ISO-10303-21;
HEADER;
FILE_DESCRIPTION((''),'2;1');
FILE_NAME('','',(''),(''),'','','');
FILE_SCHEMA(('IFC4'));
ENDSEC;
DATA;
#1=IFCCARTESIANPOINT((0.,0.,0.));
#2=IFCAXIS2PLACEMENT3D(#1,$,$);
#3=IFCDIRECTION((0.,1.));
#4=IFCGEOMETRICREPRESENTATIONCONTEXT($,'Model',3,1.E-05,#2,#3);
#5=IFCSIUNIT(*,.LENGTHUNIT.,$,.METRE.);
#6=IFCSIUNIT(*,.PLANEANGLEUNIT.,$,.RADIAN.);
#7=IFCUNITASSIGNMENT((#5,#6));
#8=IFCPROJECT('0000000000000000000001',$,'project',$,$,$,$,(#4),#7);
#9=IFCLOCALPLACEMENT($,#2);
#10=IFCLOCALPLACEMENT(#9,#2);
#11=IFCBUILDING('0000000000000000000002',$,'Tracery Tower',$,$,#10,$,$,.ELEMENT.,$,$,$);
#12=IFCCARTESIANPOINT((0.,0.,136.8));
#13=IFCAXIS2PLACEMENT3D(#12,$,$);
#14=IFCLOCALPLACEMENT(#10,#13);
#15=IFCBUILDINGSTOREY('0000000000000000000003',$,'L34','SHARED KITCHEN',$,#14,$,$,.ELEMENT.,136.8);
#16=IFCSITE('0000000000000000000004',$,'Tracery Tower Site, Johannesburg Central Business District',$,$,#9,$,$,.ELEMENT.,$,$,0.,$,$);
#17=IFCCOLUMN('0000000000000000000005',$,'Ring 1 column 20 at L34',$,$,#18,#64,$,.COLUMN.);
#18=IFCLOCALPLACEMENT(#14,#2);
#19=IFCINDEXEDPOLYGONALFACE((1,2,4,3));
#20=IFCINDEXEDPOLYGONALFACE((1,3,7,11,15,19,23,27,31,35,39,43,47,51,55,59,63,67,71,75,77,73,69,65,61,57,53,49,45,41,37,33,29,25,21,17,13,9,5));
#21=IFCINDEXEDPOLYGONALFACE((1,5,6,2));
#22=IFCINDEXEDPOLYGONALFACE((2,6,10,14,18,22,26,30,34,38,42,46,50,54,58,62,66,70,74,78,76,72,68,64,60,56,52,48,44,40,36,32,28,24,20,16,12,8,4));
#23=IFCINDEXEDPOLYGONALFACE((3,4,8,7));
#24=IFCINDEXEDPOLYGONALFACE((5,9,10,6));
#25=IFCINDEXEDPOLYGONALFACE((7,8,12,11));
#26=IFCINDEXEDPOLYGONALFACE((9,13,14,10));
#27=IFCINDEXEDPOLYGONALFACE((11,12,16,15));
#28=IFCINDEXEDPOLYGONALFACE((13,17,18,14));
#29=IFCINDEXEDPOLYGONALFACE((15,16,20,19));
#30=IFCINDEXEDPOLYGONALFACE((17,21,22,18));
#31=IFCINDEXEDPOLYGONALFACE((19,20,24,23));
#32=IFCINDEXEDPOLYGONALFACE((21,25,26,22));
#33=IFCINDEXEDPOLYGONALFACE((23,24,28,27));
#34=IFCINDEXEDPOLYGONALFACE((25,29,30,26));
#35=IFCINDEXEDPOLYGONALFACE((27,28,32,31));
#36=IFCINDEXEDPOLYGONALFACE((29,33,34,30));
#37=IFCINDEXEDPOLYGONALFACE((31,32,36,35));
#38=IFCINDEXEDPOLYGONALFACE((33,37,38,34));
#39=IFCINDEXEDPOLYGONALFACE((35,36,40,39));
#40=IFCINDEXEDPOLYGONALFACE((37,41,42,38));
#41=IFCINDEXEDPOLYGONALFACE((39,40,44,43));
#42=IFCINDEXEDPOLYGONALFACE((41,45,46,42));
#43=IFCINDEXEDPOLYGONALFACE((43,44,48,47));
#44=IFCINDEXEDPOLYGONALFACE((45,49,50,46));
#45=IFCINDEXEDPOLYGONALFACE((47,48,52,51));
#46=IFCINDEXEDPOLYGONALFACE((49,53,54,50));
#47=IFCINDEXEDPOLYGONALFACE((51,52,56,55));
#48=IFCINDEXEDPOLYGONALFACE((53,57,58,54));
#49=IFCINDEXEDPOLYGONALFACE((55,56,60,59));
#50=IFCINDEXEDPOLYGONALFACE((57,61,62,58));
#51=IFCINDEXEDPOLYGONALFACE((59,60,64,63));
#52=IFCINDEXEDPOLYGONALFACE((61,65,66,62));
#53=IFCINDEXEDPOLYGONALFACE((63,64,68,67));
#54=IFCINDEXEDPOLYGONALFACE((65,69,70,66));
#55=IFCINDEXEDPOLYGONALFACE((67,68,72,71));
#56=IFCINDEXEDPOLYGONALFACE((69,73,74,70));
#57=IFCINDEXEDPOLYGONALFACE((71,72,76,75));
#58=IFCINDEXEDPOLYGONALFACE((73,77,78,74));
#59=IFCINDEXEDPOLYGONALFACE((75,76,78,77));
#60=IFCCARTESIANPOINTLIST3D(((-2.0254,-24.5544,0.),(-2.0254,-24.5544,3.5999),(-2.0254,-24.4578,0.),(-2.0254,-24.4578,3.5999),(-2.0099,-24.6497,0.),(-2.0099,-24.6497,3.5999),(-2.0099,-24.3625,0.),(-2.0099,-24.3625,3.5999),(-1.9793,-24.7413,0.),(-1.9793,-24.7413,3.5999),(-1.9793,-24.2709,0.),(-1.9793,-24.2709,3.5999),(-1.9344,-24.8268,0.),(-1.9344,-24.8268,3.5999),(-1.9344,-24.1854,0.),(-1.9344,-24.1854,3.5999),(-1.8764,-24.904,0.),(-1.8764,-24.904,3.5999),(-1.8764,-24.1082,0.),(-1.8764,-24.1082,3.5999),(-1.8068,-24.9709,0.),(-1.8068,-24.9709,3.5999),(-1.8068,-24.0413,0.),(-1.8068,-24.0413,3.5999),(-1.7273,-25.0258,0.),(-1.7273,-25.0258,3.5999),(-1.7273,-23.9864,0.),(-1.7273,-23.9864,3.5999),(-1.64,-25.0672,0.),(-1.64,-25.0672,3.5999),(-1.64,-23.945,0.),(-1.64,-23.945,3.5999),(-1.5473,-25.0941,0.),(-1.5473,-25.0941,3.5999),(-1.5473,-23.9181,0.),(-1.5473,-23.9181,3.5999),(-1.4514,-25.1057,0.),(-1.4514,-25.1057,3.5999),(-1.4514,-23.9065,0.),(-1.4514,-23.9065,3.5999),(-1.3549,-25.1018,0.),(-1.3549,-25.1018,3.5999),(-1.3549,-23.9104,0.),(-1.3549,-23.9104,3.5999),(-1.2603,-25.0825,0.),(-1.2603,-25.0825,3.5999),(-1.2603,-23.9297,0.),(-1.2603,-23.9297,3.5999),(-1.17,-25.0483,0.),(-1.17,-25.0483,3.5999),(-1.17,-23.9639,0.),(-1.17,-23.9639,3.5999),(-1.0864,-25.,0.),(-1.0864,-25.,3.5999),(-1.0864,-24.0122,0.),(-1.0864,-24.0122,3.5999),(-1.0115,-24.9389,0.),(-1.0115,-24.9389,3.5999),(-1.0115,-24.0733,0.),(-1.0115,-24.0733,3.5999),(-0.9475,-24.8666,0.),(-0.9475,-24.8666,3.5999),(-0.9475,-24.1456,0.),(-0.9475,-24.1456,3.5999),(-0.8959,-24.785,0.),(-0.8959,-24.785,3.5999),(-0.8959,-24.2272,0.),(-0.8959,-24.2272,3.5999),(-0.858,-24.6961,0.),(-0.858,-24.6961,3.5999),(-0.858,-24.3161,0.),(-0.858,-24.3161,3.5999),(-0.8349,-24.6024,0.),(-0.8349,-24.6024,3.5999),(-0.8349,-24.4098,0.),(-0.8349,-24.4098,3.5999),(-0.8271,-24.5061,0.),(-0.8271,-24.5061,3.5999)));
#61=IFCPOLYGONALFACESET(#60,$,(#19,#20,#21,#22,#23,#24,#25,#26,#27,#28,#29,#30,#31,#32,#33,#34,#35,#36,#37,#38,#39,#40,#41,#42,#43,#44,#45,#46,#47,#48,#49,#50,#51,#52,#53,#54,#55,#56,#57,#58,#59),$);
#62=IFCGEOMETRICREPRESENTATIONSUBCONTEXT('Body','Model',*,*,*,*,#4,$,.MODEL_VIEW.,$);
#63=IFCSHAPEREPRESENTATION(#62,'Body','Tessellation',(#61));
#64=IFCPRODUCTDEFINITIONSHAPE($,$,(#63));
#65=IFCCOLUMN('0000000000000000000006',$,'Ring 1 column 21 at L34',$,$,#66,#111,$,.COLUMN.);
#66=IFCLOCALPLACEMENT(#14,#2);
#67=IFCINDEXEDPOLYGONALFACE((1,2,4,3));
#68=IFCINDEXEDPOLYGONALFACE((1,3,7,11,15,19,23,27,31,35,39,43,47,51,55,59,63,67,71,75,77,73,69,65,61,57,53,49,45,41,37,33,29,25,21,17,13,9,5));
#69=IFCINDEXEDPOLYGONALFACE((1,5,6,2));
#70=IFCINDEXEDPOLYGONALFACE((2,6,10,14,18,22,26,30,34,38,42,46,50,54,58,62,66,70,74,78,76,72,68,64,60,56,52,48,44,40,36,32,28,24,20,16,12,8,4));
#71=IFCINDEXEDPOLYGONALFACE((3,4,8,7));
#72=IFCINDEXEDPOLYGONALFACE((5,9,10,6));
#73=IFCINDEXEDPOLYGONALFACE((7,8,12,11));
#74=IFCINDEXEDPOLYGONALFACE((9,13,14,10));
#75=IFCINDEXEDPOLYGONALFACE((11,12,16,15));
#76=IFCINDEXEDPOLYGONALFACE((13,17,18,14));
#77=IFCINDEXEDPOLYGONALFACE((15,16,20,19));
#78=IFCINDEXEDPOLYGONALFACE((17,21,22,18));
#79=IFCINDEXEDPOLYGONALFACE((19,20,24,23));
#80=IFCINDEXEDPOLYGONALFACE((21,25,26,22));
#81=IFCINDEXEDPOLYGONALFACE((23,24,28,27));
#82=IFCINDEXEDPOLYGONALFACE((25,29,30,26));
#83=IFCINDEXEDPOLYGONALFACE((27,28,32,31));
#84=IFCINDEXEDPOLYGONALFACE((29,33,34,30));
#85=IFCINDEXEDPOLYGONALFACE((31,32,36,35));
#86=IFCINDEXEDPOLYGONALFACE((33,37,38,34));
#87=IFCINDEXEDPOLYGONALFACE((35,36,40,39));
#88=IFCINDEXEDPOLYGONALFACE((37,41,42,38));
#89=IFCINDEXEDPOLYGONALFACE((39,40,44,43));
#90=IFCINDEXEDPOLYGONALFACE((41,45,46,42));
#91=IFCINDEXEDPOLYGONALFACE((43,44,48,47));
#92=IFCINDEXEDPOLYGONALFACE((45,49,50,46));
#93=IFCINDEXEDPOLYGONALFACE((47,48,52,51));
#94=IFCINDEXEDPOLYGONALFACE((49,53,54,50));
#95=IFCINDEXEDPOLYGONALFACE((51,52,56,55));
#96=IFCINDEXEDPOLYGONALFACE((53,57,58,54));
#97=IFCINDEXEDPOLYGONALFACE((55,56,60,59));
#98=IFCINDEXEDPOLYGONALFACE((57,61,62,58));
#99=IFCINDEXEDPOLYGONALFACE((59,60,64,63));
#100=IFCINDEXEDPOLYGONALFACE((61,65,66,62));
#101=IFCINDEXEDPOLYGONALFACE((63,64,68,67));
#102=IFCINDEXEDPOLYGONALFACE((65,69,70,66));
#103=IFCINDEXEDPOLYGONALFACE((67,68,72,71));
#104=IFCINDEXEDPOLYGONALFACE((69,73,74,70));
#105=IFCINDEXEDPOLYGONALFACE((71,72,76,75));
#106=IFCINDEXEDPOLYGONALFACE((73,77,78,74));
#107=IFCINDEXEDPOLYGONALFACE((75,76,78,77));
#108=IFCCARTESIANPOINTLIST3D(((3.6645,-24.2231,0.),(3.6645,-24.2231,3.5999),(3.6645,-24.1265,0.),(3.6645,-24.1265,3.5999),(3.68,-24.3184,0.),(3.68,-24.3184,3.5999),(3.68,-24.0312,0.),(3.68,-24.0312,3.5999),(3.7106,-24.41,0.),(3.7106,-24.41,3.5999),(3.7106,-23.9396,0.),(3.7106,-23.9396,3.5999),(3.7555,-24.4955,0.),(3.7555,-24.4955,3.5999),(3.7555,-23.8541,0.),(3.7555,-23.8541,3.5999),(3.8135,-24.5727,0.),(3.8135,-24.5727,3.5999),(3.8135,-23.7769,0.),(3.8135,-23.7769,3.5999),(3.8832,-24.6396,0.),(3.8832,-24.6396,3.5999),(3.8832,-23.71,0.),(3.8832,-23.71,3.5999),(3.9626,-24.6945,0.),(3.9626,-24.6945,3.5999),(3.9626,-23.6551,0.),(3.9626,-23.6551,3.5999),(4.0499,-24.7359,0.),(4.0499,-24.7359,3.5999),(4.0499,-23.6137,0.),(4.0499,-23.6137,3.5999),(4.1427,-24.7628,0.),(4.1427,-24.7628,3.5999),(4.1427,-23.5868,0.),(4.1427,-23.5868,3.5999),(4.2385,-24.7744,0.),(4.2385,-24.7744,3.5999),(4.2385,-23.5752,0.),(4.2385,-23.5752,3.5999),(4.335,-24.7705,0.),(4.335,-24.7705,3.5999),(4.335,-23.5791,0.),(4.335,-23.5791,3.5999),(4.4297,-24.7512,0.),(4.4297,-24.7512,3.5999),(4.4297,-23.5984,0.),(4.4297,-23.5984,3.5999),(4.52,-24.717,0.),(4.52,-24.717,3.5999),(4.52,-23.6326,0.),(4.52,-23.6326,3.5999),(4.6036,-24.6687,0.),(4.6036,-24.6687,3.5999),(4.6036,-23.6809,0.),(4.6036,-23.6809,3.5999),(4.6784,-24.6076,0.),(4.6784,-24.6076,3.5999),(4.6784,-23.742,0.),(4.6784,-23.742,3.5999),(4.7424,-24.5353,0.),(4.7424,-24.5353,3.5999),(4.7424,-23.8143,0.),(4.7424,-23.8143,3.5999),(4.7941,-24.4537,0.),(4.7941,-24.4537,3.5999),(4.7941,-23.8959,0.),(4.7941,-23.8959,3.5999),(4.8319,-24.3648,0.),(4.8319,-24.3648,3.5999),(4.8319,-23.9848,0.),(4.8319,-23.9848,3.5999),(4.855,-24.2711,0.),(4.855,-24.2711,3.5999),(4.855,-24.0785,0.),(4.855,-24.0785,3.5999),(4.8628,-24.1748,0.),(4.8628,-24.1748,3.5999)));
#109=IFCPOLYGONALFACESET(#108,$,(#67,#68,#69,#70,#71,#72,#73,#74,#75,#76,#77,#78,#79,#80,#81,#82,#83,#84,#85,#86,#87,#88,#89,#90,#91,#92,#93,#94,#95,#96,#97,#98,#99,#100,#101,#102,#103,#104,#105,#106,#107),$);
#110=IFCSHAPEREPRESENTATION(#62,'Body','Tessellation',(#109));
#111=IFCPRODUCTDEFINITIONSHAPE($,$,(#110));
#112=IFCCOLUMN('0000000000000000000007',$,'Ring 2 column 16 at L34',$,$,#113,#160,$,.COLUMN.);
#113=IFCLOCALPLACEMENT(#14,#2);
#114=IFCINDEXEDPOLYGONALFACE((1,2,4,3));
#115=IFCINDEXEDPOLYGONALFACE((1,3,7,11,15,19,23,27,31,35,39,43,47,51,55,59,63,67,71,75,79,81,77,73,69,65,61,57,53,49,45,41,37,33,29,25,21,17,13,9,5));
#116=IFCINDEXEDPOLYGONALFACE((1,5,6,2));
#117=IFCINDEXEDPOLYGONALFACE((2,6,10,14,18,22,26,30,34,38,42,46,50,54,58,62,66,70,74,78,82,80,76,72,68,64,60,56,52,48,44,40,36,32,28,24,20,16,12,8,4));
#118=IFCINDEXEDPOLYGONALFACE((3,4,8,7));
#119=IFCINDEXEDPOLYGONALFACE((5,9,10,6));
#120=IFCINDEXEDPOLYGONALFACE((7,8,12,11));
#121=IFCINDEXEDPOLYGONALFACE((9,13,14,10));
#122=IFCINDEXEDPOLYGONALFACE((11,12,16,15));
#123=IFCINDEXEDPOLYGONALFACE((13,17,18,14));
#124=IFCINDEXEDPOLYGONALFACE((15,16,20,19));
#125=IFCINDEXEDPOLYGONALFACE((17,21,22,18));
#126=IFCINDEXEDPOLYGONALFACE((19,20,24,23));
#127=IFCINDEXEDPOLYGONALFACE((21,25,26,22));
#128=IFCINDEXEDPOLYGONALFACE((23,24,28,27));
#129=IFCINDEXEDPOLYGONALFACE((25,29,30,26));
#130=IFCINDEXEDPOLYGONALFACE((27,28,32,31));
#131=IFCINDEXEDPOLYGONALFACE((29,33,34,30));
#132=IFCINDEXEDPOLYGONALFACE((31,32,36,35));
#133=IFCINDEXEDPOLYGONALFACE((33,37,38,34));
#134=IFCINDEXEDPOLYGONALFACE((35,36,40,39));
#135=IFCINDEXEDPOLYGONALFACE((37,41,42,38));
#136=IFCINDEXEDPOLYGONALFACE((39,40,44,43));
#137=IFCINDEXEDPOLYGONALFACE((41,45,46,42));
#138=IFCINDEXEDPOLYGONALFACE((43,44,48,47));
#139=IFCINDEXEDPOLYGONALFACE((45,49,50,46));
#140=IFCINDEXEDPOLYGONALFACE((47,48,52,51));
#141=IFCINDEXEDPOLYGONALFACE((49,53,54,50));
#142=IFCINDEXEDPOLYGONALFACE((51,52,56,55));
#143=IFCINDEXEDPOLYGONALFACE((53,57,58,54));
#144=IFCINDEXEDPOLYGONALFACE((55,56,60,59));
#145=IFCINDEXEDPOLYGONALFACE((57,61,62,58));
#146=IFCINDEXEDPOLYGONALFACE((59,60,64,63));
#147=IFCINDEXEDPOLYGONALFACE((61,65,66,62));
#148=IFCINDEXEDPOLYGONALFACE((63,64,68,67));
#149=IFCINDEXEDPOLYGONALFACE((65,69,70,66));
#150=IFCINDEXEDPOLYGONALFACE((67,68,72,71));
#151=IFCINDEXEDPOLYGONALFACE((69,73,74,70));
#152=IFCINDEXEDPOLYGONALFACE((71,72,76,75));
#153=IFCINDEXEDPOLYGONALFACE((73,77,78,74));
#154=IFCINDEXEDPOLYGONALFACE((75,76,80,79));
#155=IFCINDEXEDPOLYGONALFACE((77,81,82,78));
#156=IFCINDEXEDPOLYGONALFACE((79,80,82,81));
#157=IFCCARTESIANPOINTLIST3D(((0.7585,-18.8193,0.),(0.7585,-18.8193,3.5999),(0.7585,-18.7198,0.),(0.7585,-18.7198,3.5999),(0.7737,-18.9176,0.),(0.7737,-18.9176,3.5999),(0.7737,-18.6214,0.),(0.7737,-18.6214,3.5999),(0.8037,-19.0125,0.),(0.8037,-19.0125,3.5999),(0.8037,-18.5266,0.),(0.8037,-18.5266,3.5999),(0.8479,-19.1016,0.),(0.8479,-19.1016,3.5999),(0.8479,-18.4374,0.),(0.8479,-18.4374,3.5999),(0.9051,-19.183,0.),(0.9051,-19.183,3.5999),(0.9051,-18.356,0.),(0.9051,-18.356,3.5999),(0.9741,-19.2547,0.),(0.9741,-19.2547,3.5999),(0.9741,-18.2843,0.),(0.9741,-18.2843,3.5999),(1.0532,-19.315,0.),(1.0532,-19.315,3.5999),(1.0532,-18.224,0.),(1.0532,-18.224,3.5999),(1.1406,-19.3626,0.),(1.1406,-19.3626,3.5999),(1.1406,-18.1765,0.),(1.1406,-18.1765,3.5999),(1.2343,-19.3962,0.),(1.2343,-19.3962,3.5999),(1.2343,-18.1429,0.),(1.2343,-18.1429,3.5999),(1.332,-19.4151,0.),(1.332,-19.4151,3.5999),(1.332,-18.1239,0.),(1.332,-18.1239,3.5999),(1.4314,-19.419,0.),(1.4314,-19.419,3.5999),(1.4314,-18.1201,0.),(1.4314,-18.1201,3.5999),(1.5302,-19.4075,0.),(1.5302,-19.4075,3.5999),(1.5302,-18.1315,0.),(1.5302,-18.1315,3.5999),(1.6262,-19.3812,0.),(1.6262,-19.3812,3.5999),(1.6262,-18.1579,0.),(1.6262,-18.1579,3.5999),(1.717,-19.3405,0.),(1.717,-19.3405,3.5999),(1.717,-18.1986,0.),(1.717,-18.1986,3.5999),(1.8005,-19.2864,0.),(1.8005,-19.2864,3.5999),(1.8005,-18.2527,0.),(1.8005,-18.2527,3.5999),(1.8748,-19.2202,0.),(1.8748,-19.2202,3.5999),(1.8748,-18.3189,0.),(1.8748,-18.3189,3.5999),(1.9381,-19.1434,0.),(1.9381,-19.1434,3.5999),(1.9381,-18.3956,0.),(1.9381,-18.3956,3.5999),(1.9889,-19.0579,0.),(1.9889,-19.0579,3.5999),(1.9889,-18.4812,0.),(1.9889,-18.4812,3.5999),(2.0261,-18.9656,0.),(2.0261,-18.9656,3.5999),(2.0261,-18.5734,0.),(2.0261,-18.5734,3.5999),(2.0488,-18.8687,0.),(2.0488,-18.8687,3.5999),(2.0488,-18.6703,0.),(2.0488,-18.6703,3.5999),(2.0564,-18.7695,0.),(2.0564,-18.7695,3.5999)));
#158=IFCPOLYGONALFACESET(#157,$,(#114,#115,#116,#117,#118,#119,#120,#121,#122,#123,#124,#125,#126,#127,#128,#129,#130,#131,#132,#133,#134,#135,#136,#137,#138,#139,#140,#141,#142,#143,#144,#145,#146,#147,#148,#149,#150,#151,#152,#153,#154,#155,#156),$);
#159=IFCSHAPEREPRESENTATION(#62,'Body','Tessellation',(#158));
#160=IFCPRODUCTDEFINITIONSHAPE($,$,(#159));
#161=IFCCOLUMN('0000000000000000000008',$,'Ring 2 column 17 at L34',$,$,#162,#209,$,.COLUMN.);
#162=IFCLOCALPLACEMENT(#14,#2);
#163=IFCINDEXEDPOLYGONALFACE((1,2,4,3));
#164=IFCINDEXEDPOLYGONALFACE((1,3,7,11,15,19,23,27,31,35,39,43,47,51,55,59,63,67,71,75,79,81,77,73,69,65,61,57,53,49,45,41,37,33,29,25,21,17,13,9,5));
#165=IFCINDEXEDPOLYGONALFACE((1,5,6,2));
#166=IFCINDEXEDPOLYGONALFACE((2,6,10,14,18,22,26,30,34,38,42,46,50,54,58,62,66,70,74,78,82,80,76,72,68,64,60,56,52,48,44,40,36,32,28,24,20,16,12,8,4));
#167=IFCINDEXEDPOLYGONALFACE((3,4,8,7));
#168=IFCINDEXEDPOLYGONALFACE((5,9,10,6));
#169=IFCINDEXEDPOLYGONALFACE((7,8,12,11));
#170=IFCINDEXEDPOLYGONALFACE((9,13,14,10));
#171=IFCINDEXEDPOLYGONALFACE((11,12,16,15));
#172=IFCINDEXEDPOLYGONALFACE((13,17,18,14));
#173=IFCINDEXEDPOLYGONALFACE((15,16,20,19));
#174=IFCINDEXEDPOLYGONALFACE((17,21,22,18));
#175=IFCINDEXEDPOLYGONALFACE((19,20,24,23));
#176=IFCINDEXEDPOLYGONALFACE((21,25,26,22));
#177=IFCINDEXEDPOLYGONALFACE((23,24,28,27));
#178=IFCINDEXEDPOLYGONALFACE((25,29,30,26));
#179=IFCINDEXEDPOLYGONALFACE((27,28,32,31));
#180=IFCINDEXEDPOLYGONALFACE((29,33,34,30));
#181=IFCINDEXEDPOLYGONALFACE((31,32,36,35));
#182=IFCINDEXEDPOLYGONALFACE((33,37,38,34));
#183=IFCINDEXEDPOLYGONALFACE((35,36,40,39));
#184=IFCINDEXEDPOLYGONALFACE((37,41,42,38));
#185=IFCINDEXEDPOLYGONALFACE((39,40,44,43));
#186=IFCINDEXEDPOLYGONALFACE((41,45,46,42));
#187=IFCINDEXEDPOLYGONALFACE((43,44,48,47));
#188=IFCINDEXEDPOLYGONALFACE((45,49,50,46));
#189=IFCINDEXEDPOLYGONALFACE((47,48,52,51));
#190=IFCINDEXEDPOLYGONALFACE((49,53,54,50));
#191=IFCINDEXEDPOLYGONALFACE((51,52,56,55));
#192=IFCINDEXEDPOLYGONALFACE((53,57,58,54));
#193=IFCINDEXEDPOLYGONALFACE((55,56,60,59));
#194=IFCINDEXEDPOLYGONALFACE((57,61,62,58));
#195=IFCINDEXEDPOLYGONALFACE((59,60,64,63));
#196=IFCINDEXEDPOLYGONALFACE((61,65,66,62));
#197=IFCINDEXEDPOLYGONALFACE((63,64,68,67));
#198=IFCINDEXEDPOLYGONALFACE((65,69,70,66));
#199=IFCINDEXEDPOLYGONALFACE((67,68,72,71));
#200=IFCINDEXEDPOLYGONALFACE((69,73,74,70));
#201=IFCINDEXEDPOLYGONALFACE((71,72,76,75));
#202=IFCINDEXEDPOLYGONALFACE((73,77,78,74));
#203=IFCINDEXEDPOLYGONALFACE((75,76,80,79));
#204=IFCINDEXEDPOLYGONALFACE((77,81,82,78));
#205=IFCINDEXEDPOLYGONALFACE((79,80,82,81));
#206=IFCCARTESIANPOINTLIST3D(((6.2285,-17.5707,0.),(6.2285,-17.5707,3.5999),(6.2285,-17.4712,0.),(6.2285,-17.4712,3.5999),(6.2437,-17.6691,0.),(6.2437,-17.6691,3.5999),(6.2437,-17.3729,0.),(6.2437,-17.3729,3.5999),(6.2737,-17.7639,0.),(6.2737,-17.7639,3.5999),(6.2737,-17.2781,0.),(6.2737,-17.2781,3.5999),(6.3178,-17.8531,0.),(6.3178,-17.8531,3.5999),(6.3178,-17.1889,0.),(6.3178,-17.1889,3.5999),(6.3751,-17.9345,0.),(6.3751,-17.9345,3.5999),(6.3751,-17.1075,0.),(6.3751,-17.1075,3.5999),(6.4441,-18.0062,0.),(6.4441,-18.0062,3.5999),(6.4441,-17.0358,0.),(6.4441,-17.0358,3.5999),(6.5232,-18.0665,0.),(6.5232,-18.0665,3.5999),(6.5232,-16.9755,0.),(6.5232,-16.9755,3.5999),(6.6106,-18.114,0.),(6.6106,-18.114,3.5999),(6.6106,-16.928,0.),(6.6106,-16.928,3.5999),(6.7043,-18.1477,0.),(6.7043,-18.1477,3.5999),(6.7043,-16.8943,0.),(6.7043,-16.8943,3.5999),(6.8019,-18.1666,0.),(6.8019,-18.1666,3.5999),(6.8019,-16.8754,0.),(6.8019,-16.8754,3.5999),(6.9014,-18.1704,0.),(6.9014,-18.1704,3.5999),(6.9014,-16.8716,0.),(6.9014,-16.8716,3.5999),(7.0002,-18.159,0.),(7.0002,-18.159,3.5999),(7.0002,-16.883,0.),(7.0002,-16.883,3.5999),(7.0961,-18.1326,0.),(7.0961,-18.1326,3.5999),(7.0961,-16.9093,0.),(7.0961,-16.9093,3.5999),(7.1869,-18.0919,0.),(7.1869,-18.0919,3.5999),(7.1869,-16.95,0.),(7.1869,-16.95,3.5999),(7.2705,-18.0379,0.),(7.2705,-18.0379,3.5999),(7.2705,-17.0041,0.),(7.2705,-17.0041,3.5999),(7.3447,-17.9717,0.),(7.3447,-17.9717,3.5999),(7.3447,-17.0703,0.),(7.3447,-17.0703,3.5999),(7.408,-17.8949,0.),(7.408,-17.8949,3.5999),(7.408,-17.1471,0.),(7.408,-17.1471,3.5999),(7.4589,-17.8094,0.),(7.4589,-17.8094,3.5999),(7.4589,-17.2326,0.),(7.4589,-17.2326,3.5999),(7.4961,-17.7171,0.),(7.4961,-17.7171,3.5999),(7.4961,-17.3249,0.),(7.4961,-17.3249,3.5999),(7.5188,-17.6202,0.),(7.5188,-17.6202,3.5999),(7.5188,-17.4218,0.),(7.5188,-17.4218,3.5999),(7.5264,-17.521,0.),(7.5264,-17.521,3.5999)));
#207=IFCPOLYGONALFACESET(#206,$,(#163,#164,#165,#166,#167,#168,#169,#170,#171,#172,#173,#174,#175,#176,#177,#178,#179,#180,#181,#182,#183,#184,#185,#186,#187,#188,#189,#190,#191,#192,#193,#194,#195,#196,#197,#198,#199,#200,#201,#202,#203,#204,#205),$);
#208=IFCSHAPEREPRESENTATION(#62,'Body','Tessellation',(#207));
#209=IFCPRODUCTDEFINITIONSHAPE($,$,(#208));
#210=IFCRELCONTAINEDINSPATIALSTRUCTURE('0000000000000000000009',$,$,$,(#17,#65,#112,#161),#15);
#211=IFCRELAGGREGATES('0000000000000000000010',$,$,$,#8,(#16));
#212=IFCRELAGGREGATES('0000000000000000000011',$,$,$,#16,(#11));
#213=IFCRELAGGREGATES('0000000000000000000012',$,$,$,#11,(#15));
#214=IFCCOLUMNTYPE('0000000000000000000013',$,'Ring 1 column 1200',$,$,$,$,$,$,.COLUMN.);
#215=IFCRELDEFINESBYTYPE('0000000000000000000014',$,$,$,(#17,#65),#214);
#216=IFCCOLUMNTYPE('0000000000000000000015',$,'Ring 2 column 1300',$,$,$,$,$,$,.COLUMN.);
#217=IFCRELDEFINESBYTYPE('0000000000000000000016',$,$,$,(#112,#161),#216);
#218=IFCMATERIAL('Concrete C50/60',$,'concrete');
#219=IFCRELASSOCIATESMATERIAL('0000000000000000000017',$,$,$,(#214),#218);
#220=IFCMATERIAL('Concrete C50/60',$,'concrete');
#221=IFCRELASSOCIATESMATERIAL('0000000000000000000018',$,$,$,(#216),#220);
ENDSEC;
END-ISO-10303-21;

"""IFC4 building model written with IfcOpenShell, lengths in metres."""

from ifc_helpers import new_model, si_unit, direction, frame, origin, origin_2d, place, context, subcontext, project, spatial, circle, extrude, material, material_profile, profile_set, type_object, element, save


model = new_model("IFC4")

# Units and contexts
model_context = context("Model", 3, precision=1e-05, world=origin(), true_north=direction((0.0, 1.0)))
body_context = subcontext(model_context, "Body", "Model", "MODEL_VIEW")
ifc_project = project(units=[si_unit("LENGTHUNIT", "METRE"), si_unit("PLANEANGLEUNIT", "RADIAN")], contexts=[model_context])

# Site, building, storey
site_placement = place(None, origin())
site = spatial("IfcSite", under=ifc_project, at=site_placement, Name="Tracery Tower Site, Johannesburg Central Business District", CompositionType="ELEMENT", RefElevation=0.0)
building_placement = place(site_placement, origin())
building = spatial("IfcBuilding", under=site, at=building_placement, Name="Tracery Tower", CompositionType="ELEMENT")
storey_placement = place(building_placement, frame((0.0, 0.0, 136.8)))
storey = spatial("IfcBuildingStorey", under=building, at=storey_placement, Name="L34", Description="SHARED KITCHEN", CompositionType="ELEMENT", Elevation=136.8)

# Columns
ifc_material_1 = material(Name="Concrete C50/60", Category="concrete")
ifc_material_profile_1 = material_profile(ifc_material_1, circle(Radius=0.6001, at=origin_2d()), Name="RC D1200")
ifc_profile_set_1 = profile_set([ifc_material_profile_1], Name="Concrete C50/60")
column_type_1 = type_object("IfcColumnType", Name="Ring 1 column 1200", PredefinedType="COLUMN", material=ifc_profile_set_1)
for number, where, z_axis, x_axis, name in (
    (1, (-1.4272, -24.5061, 0.0), (0.0, 0.0, 1.0), (1.0, 0.0, 0.0), "Ring 1 column 20 at L34"),
    (2, (4.2627, -24.1748, 0.0), (0.0, 0.0, 1.0), (1.0, 0.0, 0.0), "Ring 1 column 21 at L34"),
):
    element("IfcColumn", number, at=place(storey_placement, frame(where, z_axis=z_axis, x_axis=x_axis)), inside=storey, type_object=column_type_1, Name=name, PredefinedType="COLUMN", context=body_context, shape_type="SweptSolid", body=[
        extrude(circle(Radius=0.6001, at=origin_2d()), origin(), (0.0, 0.0, 1.0), 3.5999),
    ])
ifc_material_2 = material(Name="Concrete C50/60", Category="concrete")
ifc_material_profile_2 = material_profile(ifc_material_2, circle(Radius=0.6499, at=origin_2d()), Name="RC D1300")
ifc_profile_set_2 = profile_set([ifc_material_profile_2], Name="Concrete C50/60")
column_type_2 = type_object("IfcColumnType", Name="Ring 2 column 1300", PredefinedType="COLUMN", material=ifc_profile_set_2)
for number, where, z_axis, x_axis, name in (
    (3, (1.4065, -18.7695, 0.0), (0.0, 0.0, 1.0), (1.0, 0.0, 0.0), "Ring 2 column 16 at L34"),
    (4, (6.8765, -17.521, 0.0), (0.0, 0.0, 1.0), (1.0, 0.0, 0.0), "Ring 2 column 17 at L34"),
):
    element("IfcColumn", number, at=place(storey_placement, frame(where, z_axis=z_axis, x_axis=x_axis)), inside=storey, type_object=column_type_2, Name=name, PredefinedType="COLUMN", context=body_context, shape_type="SweptSolid", body=[
        extrude(circle(Radius=0.6499, at=origin_2d()), origin(), (0.0, 0.0, 1.0), 3.5999),
    ])

save(model, "model.ifc")
